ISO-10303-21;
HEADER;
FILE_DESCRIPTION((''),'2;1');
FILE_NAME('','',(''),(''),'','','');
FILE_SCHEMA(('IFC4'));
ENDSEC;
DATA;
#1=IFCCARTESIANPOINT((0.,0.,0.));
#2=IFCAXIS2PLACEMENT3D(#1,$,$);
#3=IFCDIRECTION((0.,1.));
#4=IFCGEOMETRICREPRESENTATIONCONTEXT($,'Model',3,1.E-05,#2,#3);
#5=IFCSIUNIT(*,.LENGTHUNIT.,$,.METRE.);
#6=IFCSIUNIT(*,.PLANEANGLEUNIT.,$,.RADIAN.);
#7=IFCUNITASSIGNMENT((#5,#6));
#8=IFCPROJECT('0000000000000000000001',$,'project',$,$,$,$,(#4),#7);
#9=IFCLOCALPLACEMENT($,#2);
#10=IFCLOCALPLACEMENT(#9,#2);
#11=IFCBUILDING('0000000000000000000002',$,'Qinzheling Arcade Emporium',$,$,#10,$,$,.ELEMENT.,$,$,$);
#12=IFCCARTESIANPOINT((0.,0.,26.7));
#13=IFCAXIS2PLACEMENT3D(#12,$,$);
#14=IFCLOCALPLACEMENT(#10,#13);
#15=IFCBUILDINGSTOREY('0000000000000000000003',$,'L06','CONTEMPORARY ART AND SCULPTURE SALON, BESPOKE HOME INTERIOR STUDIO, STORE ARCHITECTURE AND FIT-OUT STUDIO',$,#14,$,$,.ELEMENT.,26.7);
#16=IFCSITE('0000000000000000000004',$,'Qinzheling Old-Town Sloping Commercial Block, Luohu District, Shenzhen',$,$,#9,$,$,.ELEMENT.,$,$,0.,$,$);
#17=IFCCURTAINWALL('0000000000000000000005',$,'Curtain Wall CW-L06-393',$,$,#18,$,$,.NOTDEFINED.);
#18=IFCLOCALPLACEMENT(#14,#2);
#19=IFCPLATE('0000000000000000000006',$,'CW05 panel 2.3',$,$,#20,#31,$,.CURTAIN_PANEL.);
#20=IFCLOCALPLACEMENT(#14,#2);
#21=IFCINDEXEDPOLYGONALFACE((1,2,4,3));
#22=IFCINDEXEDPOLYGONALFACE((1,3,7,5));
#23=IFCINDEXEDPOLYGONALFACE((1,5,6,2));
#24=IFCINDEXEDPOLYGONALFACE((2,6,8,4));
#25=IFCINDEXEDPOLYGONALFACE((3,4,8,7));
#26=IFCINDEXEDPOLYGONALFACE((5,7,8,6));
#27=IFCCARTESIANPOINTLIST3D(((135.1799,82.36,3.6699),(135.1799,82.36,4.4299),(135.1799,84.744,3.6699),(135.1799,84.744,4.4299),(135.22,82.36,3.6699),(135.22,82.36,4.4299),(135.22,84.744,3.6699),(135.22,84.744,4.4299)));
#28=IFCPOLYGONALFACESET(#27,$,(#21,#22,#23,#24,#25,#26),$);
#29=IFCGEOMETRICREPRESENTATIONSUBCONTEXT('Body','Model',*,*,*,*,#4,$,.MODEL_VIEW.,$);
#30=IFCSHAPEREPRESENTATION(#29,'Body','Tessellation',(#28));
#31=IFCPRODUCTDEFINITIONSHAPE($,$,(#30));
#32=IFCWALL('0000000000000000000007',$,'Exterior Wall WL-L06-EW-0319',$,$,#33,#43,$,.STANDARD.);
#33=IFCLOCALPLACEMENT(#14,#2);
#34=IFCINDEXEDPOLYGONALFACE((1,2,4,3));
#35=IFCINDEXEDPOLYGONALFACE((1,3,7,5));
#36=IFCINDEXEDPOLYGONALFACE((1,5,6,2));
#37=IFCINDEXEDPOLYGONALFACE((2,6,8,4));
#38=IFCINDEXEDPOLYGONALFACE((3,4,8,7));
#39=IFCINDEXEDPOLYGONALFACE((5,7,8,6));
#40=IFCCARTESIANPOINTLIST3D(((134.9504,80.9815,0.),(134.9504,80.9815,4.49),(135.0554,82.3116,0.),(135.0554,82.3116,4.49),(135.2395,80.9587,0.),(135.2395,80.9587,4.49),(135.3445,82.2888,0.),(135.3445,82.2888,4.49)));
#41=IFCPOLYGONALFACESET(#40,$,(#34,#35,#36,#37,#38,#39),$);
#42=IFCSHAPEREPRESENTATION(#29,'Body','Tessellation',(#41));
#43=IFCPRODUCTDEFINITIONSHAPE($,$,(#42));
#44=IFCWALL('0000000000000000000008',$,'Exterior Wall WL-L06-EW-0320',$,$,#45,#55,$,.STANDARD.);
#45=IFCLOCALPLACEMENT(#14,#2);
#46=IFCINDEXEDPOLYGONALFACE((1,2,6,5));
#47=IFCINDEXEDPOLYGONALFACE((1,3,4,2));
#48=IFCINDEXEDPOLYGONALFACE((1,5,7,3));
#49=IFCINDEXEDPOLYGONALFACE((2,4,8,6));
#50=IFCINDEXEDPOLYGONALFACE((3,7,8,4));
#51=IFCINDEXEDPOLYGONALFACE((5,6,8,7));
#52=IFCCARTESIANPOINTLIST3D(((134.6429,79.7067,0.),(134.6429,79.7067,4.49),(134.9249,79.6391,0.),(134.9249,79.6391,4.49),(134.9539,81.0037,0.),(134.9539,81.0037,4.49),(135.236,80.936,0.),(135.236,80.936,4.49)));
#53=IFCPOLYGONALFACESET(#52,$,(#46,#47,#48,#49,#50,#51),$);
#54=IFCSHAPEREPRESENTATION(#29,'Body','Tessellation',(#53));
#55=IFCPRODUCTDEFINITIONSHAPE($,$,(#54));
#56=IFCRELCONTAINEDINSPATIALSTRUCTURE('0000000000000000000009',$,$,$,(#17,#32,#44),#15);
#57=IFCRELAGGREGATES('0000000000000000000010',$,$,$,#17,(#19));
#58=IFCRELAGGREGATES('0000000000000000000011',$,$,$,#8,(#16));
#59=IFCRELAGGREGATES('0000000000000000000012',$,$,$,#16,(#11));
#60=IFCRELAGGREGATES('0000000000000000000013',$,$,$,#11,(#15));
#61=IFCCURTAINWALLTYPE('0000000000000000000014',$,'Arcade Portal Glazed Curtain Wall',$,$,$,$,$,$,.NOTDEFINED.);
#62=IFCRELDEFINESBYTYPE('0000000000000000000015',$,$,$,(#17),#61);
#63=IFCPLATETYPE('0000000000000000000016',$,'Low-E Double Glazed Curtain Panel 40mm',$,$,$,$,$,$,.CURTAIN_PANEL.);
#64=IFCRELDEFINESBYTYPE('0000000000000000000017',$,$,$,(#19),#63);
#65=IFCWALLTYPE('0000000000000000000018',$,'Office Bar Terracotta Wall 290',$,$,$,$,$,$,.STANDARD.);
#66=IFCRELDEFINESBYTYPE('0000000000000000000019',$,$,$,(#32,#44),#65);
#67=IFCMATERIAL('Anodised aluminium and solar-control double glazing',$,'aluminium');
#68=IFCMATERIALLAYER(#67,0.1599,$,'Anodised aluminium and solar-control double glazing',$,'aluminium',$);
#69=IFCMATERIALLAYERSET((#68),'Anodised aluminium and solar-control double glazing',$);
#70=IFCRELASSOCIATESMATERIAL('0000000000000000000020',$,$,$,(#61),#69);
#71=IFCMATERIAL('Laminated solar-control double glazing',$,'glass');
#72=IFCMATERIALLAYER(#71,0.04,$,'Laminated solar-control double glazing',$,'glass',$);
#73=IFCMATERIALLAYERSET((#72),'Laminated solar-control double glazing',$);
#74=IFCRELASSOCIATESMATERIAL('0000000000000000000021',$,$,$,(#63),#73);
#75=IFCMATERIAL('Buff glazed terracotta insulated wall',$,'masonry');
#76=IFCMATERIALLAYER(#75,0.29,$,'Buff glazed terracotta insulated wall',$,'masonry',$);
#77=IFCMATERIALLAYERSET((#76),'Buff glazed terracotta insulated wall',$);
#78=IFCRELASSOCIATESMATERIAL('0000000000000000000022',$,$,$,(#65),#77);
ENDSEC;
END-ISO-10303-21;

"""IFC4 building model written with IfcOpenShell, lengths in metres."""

from ifc_helpers import new_model, si_unit, direction, frame, frame_2d, origin, origin_2d, place, context, subcontext, project, spatial, rectangle, extrude, material, layer, layer_set, type_object, element, aggregate, save


model = new_model("IFC4")

# Units and contexts
model_context = context("Model", 3, precision=1e-05, world=origin(), true_north=direction((0.0, 1.0)))
body_context = subcontext(model_context, "Body", "Model", "MODEL_VIEW")
ifc_project = project(units=[si_unit("LENGTHUNIT", "METRE"), si_unit("PLANEANGLEUNIT", "RADIAN")], contexts=[model_context])

# Site, building, storey
site_placement = place(None, origin())
site = spatial("IfcSite", under=ifc_project, at=site_placement, Name="Qinzheling Old-Town Sloping Commercial Block, Luohu District, Shenzhen", CompositionType="ELEMENT", RefElevation=0.0)
building_placement = place(site_placement, origin())
building = spatial("IfcBuilding", under=site, at=building_placement, Name="Qinzheling Arcade Emporium", CompositionType="ELEMENT")
storey_placement = place(building_placement, frame((0.0, 0.0, 26.7)))
storey = spatial("IfcBuildingStorey", under=building, at=storey_placement, Name="L06", Description="CONTEMPORARY ART AND SCULPTURE SALON, BESPOKE HOME INTERIOR STUDIO, STORE ARCHITECTURE AND FIT-OUT STUDIO", CompositionType="ELEMENT", Elevation=26.7)

# Curtain wall
ifc_material_1 = material(Name="Anodised aluminium and solar-control double glazing", Category="aluminium")
ifc_layer_1 = layer(ifc_material_1, 0.1599, Name="Anodised aluminium and solar-control double glazing", Category="aluminium")
ifc_layer_set_1 = layer_set([ifc_layer_1], Name="Anodised aluminium and solar-control double glazing")
curtain_wall_type = type_object("IfcCurtainWallType", Name="Arcade Portal Glazed Curtain Wall", PredefinedType="NOTDEFINED", material=ifc_layer_set_1)
curtain_wall_placement = place(storey_placement, origin())
curtain_wall = element("IfcCurtainWall", 1, at=curtain_wall_placement, inside=storey, type_object=curtain_wall_type, Name="Curtain Wall CW-L06-393", PredefinedType="NOTDEFINED")

# Plate
ifc_material_2 = material(Name="Laminated solar-control double glazing", Category="glass")
ifc_layer_2 = layer(ifc_material_2, 0.04, Name="Laminated solar-control double glazing", Category="glass")
ifc_layer_set_2 = layer_set([ifc_layer_2], Name="Laminated solar-control double glazing")
plate_type = type_object("IfcPlateType", Name="Low-E Double Glazed Curtain Panel 40mm", PredefinedType="CURTAIN_PANEL", material=ifc_layer_set_2)
plate_1_placement = place(storey_placement, frame((135.2, 83.552, 3.6699), z_axis=(0.0, 0.0, 1.0), x_axis=(0.0, -1.0, 0.0)))
plate_1 = element("IfcPlate", 2, at=plate_1_placement, type_object=plate_type, Name="CW05 panel 2.3", PredefinedType="CURTAIN_PANEL", context=body_context, shape_type="SweptSolid", body=[
    extrude(rectangle(XDim=2.384, YDim=0.04, at=origin_2d()), origin(), (0.0, 0.0, 1.0), 0.76),
])
aggregate(curtain_wall, [plate_1])

# Walls
ifc_material_3 = material(Name="Buff glazed terracotta insulated wall", Category="masonry")
ifc_layer_3 = layer(ifc_material_3, 0.29, Name="Buff glazed terracotta insulated wall", Category="masonry")
ifc_layer_set_3 = layer_set([ifc_layer_3], Name="Buff glazed terracotta insulated wall")
wall_type = type_object("IfcWallType", Name="Office Bar Terracotta Wall 290", PredefinedType="STANDARD", material=ifc_layer_set_3)
wall_1_placement = place(storey_placement, frame((135.2, 82.3, 0.0), z_axis=(0.0, 0.0, 1.0), x_axis=(-0.078683, -0.9969, 0.0)))
element("IfcWall", 3, at=wall_1_placement, inside=storey, type_object=wall_type, Name="Exterior Wall WL-L06-EW-0319", PredefinedType="STANDARD", context=body_context, shape_type="SweptSolid", body=[
    extrude(rectangle(XDim=1.3342, YDim=0.29, at=frame_2d((0.667, 0.0))), origin(), (0.0, 0.0, 1.0), 4.49),
])
wall_2_placement = place(storey_placement, frame((135.095, 80.97, 0.0), z_axis=(0.0, 0.0, 1.0), x_axis=(-0.233221, -0.972424, 0.0)))
element("IfcWall", 4, at=wall_2_placement, inside=storey, type_object=wall_type, Name="Exterior Wall WL-L06-EW-0320", PredefinedType="STANDARD", context=body_context, shape_type="SweptSolid", body=[
    extrude(rectangle(XDim=1.3337, YDim=0.29, at=frame_2d((0.667, 0.0))), origin(), (0.0, 0.0, 1.0), 4.49),
])

save(model, "model.ifc")
